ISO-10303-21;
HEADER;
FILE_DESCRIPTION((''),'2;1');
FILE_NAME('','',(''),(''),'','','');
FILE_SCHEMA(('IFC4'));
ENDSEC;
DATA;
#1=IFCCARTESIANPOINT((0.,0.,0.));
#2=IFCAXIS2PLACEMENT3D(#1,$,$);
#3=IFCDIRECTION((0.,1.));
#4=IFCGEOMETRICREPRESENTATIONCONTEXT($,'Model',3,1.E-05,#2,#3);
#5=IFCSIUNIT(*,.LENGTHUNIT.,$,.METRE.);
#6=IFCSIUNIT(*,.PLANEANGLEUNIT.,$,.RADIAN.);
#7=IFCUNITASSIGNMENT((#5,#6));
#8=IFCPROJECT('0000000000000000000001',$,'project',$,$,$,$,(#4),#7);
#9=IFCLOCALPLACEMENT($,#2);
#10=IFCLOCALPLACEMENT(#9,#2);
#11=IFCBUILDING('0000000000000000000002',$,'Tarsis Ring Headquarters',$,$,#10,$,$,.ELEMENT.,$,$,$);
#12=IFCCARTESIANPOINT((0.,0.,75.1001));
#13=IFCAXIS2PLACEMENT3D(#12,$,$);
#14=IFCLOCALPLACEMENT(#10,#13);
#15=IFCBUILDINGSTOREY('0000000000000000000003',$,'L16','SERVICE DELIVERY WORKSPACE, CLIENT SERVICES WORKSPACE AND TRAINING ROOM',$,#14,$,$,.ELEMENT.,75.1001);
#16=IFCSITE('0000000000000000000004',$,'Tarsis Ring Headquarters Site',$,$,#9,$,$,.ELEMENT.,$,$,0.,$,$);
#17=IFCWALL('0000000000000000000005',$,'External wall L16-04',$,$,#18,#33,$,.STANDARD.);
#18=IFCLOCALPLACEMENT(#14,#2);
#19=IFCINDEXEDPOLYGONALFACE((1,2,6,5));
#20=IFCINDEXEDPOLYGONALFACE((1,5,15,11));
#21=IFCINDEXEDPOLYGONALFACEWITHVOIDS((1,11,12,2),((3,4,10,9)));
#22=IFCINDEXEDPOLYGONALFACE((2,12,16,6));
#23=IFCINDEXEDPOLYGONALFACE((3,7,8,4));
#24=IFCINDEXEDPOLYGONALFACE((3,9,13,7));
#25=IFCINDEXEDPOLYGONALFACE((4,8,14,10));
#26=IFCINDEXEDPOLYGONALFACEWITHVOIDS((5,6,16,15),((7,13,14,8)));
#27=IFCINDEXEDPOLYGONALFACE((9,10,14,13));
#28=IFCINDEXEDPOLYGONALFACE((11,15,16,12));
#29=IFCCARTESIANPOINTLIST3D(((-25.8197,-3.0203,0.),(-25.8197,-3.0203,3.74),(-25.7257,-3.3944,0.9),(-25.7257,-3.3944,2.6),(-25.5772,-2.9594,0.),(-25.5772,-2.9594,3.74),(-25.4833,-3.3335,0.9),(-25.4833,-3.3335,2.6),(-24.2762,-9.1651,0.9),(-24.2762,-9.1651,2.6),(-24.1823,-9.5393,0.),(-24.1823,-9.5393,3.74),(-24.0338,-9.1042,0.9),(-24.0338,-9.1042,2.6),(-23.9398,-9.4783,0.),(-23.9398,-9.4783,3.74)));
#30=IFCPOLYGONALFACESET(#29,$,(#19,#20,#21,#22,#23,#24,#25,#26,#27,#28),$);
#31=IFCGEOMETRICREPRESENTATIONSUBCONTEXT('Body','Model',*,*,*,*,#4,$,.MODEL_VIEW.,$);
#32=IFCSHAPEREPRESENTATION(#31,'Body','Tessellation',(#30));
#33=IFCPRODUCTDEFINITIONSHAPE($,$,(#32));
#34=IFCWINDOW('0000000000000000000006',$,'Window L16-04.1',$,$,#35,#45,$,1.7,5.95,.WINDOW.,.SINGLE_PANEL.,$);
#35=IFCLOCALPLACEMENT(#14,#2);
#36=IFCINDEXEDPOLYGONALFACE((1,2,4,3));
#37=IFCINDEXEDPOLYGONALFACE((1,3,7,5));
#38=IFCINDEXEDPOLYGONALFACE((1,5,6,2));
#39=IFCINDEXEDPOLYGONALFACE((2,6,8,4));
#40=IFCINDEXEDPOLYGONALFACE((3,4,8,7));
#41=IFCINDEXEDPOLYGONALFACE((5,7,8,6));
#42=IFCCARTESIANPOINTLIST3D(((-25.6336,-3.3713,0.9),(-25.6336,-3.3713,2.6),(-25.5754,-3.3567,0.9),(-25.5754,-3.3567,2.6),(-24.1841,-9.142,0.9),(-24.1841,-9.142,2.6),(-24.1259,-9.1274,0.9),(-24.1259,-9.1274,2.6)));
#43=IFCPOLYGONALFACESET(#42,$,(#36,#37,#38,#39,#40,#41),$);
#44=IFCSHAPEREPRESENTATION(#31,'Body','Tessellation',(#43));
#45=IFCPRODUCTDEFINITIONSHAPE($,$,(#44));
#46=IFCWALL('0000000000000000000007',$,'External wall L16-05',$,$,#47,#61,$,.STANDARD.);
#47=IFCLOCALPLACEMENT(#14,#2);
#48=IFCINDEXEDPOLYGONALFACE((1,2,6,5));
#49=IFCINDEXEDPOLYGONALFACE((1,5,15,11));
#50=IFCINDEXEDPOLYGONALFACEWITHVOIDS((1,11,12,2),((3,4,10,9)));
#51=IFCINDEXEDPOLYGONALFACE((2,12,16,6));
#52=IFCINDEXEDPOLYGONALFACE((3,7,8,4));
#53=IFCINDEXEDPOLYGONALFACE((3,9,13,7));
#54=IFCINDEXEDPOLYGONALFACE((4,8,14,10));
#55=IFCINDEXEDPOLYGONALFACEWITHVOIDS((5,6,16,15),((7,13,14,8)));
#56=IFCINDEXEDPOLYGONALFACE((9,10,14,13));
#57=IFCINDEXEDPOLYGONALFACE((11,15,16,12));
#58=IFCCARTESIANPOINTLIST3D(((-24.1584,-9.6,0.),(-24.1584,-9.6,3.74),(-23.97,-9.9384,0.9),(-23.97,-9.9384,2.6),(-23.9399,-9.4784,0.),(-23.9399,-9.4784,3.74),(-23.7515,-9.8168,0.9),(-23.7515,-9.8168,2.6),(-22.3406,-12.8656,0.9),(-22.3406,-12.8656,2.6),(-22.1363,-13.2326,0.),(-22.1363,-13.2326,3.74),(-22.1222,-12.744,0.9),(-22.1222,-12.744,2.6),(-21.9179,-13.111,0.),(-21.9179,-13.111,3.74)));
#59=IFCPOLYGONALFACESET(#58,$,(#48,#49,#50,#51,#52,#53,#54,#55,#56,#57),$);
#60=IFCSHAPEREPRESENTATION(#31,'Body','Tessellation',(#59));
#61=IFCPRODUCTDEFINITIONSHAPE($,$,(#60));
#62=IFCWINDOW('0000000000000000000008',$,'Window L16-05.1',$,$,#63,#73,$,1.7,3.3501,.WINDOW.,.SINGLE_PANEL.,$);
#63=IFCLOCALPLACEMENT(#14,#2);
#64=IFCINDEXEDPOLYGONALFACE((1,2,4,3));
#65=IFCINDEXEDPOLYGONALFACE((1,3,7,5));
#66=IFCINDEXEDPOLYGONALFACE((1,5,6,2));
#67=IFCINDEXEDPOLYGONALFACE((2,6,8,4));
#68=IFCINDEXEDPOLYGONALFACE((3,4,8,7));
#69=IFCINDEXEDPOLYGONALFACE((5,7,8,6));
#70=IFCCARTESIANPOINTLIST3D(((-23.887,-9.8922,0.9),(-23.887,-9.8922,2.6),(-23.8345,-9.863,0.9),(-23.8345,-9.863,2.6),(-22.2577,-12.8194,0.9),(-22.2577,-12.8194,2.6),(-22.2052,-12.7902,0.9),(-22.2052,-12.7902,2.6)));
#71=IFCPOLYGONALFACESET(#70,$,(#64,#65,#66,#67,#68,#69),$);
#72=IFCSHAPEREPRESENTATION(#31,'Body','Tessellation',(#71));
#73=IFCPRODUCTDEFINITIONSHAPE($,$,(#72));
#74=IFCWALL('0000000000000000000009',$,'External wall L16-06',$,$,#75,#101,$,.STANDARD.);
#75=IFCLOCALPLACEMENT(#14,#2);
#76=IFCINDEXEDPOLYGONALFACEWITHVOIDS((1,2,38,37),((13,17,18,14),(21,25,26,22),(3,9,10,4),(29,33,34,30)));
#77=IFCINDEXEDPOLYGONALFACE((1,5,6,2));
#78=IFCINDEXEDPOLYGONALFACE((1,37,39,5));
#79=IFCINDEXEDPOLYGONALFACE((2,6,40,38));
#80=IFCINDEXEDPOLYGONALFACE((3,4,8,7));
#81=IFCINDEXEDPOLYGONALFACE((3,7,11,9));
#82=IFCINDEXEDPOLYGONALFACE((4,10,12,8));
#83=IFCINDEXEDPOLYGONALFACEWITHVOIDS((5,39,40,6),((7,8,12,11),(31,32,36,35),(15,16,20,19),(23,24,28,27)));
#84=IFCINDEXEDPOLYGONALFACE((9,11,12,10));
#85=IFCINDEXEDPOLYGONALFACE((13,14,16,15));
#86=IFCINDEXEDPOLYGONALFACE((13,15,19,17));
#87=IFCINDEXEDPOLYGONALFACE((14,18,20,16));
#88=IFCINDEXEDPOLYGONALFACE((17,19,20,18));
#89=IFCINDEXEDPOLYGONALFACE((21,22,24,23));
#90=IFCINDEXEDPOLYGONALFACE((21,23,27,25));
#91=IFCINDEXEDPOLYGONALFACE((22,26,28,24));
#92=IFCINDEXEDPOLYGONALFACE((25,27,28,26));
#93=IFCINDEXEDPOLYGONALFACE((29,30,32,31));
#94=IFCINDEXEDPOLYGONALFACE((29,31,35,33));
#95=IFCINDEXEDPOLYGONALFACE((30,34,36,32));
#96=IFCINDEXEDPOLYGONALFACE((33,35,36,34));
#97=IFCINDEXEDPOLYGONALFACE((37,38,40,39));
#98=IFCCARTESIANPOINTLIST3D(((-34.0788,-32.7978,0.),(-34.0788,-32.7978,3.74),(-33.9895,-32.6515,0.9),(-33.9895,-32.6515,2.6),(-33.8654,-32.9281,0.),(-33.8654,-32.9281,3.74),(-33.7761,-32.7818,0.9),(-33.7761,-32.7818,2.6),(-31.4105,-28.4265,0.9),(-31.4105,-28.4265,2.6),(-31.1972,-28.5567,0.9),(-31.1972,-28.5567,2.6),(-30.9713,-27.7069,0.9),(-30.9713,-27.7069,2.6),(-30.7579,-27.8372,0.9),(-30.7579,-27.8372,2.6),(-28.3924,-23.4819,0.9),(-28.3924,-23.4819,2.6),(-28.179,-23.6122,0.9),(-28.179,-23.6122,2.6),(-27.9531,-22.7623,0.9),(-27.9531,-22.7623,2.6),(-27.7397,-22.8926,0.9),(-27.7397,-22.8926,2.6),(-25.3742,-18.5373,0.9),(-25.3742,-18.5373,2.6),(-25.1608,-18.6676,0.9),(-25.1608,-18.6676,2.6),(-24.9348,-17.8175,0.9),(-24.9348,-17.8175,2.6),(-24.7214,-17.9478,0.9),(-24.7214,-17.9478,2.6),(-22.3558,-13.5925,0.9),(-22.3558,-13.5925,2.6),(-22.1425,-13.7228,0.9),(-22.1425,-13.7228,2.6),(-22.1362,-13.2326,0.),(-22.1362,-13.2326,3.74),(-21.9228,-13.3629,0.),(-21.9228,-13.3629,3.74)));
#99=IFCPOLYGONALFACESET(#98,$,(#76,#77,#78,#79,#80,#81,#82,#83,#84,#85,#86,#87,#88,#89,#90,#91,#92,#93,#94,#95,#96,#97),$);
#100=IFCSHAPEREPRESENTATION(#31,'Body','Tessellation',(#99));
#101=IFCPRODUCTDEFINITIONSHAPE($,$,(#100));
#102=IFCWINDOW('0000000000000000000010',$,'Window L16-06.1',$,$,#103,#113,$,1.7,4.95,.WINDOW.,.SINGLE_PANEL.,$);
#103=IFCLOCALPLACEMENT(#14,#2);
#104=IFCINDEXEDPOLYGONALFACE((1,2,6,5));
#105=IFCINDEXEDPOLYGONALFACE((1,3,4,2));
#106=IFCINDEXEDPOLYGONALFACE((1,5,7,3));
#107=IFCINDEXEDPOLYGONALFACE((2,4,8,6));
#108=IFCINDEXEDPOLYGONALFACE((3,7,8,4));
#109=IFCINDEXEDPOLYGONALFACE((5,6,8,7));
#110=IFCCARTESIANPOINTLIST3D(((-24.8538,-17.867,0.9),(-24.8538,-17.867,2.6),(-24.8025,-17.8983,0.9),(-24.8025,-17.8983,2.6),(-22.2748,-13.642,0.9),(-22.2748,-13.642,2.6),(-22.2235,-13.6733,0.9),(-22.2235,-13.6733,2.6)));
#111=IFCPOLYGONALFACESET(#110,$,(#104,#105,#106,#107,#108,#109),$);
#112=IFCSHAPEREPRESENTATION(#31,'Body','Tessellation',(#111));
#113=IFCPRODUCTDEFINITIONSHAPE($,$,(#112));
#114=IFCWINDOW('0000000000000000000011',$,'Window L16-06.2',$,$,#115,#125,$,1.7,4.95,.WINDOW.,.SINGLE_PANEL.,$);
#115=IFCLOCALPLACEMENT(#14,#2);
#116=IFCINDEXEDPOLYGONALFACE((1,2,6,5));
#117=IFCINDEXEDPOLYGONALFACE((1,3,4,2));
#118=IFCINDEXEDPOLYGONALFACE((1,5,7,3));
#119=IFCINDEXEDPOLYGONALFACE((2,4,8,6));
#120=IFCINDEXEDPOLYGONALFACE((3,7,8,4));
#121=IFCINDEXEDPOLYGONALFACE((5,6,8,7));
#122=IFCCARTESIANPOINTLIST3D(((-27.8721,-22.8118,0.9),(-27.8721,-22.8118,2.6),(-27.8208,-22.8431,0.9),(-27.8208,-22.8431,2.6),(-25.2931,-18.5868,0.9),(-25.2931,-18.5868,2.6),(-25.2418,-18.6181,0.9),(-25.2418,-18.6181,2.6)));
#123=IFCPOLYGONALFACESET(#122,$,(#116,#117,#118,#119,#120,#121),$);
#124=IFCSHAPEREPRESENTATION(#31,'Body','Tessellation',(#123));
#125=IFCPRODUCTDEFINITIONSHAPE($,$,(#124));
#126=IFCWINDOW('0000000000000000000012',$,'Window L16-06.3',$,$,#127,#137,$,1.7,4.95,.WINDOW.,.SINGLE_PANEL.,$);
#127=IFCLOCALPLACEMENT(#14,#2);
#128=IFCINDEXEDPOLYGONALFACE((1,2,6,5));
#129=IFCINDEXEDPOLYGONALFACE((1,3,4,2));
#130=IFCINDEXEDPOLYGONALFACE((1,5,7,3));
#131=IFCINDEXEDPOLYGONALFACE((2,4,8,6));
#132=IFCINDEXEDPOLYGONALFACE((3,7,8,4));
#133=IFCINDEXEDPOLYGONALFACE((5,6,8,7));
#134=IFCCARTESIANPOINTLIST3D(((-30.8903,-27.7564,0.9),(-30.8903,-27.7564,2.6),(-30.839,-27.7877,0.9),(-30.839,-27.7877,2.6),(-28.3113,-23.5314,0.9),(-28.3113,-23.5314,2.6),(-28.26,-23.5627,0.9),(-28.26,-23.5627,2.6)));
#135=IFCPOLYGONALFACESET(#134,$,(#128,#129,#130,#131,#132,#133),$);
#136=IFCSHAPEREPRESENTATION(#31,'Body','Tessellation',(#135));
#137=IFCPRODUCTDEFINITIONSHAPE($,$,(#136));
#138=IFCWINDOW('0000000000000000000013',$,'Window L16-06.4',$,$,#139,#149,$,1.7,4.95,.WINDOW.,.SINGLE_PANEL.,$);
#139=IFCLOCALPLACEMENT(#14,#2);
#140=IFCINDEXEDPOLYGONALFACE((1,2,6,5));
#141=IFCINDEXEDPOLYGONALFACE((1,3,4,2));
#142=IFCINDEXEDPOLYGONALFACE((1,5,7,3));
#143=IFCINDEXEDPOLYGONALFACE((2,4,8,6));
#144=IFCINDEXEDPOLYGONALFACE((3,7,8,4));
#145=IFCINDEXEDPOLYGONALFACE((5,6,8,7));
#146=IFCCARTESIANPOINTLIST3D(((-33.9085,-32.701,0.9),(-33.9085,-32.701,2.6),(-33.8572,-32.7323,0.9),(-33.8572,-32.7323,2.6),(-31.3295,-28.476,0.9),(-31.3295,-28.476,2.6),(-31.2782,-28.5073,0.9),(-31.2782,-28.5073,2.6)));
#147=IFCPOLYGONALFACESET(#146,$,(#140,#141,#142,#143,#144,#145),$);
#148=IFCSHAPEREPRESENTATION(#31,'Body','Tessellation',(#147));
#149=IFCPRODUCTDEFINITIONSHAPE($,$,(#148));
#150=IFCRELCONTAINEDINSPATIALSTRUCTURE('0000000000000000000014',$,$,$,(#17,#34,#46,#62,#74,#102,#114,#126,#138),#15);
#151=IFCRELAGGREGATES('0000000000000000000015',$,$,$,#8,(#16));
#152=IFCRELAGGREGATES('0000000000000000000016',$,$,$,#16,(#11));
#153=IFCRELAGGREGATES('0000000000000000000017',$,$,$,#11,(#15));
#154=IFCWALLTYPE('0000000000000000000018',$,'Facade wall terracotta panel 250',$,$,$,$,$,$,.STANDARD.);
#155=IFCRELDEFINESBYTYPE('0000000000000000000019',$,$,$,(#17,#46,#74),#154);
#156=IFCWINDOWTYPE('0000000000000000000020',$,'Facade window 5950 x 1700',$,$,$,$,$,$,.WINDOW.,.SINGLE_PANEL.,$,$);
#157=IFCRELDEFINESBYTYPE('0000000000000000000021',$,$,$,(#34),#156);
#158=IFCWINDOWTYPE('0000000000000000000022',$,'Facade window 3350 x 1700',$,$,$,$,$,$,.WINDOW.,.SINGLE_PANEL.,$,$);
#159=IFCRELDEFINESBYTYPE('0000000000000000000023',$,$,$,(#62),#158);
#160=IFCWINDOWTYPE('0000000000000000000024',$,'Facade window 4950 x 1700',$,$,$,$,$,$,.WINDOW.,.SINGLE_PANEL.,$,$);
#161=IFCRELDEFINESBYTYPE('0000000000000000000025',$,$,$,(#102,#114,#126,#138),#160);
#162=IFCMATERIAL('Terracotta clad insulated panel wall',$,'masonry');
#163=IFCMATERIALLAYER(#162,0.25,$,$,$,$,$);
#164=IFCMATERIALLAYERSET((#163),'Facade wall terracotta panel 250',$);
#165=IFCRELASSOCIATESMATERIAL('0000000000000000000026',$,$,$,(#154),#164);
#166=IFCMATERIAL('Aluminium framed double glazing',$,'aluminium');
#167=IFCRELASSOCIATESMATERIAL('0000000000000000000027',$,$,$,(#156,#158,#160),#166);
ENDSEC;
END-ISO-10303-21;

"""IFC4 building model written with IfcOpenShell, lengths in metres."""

from ifc_helpers import new_model, si_unit, direction, frame, frame_2d, origin, place, context, subcontext, project, spatial, rectangle, extrude, material, layer, layer_set, type_object, element, fill, save


model = new_model("IFC4")

# Units and contexts
model_context = context("Model", 3, precision=1e-05, world=origin(), true_north=direction((0.0, 1.0)))
body_context = subcontext(model_context, "Body", "Model", "MODEL_VIEW")
ifc_project = project(units=[si_unit("LENGTHUNIT", "METRE"), si_unit("PLANEANGLEUNIT", "RADIAN")], contexts=[model_context])

# Site, building, storey
site_placement = place(None, origin())
site = spatial("IfcSite", under=ifc_project, at=site_placement, Name="Tarsis Ring Headquarters Site", CompositionType="ELEMENT", RefElevation=0.0)
building_placement = place(site_placement, origin())
building = spatial("IfcBuilding", under=site, at=building_placement, Name="Tarsis Ring Headquarters", CompositionType="ELEMENT")
storey_placement = place(building_placement, frame((0.0, 0.0, 75.1001)))
storey = spatial("IfcBuildingStorey", under=building, at=storey_placement, Name="L16", Description="SERVICE DELIVERY WORKSPACE, CLIENT SERVICES WORKSPACE AND TRAINING ROOM", CompositionType="ELEMENT", Elevation=75.1001)

# Walls, openings, windows
ifc_material_1 = material(Name="Terracotta clad insulated panel wall", Category="masonry")
ifc_layer_1 = layer(ifc_material_1, 0.25)
ifc_layer_set_1 = layer_set([ifc_layer_1], Name="Facade wall terracotta panel 250")
wall_type_1 = type_object("IfcWallType", Name="Facade wall terracotta panel 250", PredefinedType="STANDARD", material=ifc_layer_set_1)
wall_1_placement = place(storey_placement, frame((-25.6985, -2.9897, 0.0), z_axis=(0.0, 0.0, 1.0), x_axis=(0.243612, -0.969873, 0.0)))
wall_1 = element("IfcWall", 1, at=wall_1_placement, inside=storey, type_object=wall_type_1, Name="External wall L16-04", PredefinedType="STANDARD", context=body_context, shape_type="SweptSolid", body=[
    extrude(rectangle(XDim=6.7214, YDim=0.25, at=frame_2d((3.3608, 0.0))), origin(), (0.0, 0.0, 1.0), 3.74),
])
opening_1_placement = place(wall_1_placement, frame((0.3857, 0.0, 0.8999)))
opening_1 = element("IfcOpeningElement", 2, at=opening_1_placement, cuts=wall_1, PredefinedType="OPENING", context=body_context, shape_type="SweptSolid", body=[
    extrude(rectangle(XDim=5.95, YDim=1.7, at=frame_2d((2.9751, 0.8501))), frame((0.0, 0.135, 0.0), z_axis=(0.0, -1.0, 0.0), x_axis=(1.0, 0.0, 0.0)), (0.0, 0.0, 1.0), 0.27),
])
ifc_material_2 = material(Name="Aluminium framed double glazing", Category="aluminium")
window_type_1 = type_object("IfcWindowType", Name="Facade window 5950 x 1700", PartitioningType="SINGLE_PANEL", PredefinedType="WINDOW", material=ifc_material_2)
window_1_placement = place(opening_1_placement, origin())
window_1 = element("IfcWindow", 3, at=window_1_placement, inside=storey, type_object=window_type_1, Name="Window L16-04.1", OverallHeight=1.7, OverallWidth=5.95, PartitioningType="SINGLE_PANEL", PredefinedType="WINDOW", context=body_context, shape_type="SweptSolid", body=[
    extrude(rectangle(XDim=5.95, YDim=1.7, at=frame_2d((2.9751, 0.8501))), frame((0.0, 0.03, 0.0), z_axis=(0.0, -1.0, 0.0), x_axis=(1.0, 0.0, 0.0)), (0.0, 0.0, 1.0), 0.0601),
])
fill(opening_1, window_1)
wall_2_placement = place(storey_placement, frame((-24.0491, -9.5393, 0.0), z_axis=(0.0, 0.0, 1.0), x_axis=(0.486356, -0.873761, 0.0)))
wall_2 = element("IfcWall", 4, at=wall_2_placement, inside=storey, type_object=wall_type_1, Name="External wall L16-05", PredefinedType="STANDARD", context=body_context, shape_type="SweptSolid", body=[
    extrude(rectangle(XDim=4.1575, YDim=0.25, at=frame_2d((2.0786, 0.0))), origin(), (0.0, 0.0, 1.0), 3.74),
])
opening_2_placement = place(wall_2_placement, frame((0.3872, 0.0, 0.8999)))
opening_2 = element("IfcOpeningElement", 5, at=opening_2_placement, cuts=wall_2, PredefinedType="OPENING", context=body_context, shape_type="SweptSolid", body=[
    extrude(rectangle(XDim=3.3501, YDim=1.7, at=frame_2d((1.675, 0.8501))), frame((0.0, 0.135, 0.0), z_axis=(0.0, -1.0, 0.0), x_axis=(1.0, 0.0, 0.0)), (0.0, 0.0, 1.0), 0.27),
])
window_type_2 = type_object("IfcWindowType", Name="Facade window 3350 x 1700", PartitioningType="SINGLE_PANEL", PredefinedType="WINDOW", material=ifc_material_2)
window_2_placement = place(opening_2_placement, origin())
window_2 = element("IfcWindow", 6, at=window_2_placement, inside=storey, type_object=window_type_2, Name="Window L16-05.1", OverallHeight=1.7, OverallWidth=3.3501, PartitioningType="SINGLE_PANEL", PredefinedType="WINDOW", context=body_context, shape_type="SweptSolid", body=[
    extrude(rectangle(XDim=3.3501, YDim=1.7, at=frame_2d((1.675, 0.8501))), frame((0.0, 0.03, 0.0), z_axis=(0.0, -1.0, 0.0), x_axis=(1.0, 0.0, 0.0)), (0.0, 0.0, 1.0), 0.0601),
])
fill(opening_2, window_2)

# Wall, openings, windows
wall_3_placement = place(storey_placement, frame((-22.0295, -13.2979, 0.0), z_axis=(0.0, 0.0, 1.0), x_axis=(-0.521009, -0.853551, 0.0)))
wall_3 = element("IfcWall", 7, at=wall_3_placement, inside=storey, type_object=wall_type_1, Name="External wall L16-06", PredefinedType="STANDARD", context=body_context, shape_type="SweptSolid", body=[
    extrude(rectangle(XDim=22.9221, YDim=0.25, at=frame_2d((11.4609, 0.0))), origin(), (0.0, 0.0, 1.0), 3.74),
])
opening_3_placement = place(wall_3_placement, frame((0.4214, 0.0, 0.8999)))
opening_3 = element("IfcOpeningElement", 8, at=opening_3_placement, cuts=wall_3, PredefinedType="OPENING", context=body_context, shape_type="SweptSolid", body=[
    extrude(rectangle(XDim=4.95, YDim=1.7, at=frame_2d((2.4751, 0.8501))), frame((0.0, 0.135, 0.0), z_axis=(0.0, -1.0, 0.0), x_axis=(1.0, 0.0, 0.0)), (0.0, 0.0, 1.0), 0.27),
])
opening_4_placement = place(wall_3_placement, frame((6.2146, 0.0, 0.8999)))
opening_4 = element("IfcOpeningElement", 9, at=opening_4_placement, cuts=wall_3, PredefinedType="OPENING", context=body_context, shape_type="SweptSolid", body=[
    extrude(rectangle(XDim=4.95, YDim=1.7, at=frame_2d((2.4751, 0.8501))), frame((0.0, 0.135, 0.0), z_axis=(0.0, -1.0, 0.0), x_axis=(1.0, 0.0, 0.0)), (0.0, 0.0, 1.0), 0.27),
])
opening_5_placement = place(wall_3_placement, frame((12.0076, 0.0, 0.8999)))
opening_5 = element("IfcOpeningElement", 10, at=opening_5_placement, cuts=wall_3, PredefinedType="OPENING", context=body_context, shape_type="SweptSolid", body=[
    extrude(rectangle(XDim=4.95, YDim=1.7, at=frame_2d((2.4751, 0.8501))), frame((0.0, 0.135, 0.0), z_axis=(0.0, -1.0, 0.0), x_axis=(1.0, 0.0, 0.0)), (0.0, 0.0, 1.0), 0.27),
])
opening_6_placement = place(wall_3_placement, frame((17.8005, 0.0, 0.8999)))
opening_6 = element("IfcOpeningElement", 11, at=opening_6_placement, cuts=wall_3, PredefinedType="OPENING", context=body_context, shape_type="SweptSolid", body=[
    extrude(rectangle(XDim=4.95, YDim=1.7, at=frame_2d((2.4751, 0.8501))), frame((0.0, 0.135, 0.0), z_axis=(0.0, -1.0, 0.0), x_axis=(1.0, 0.0, 0.0)), (0.0, 0.0, 1.0), 0.27),
])
window_type_3 = type_object("IfcWindowType", Name="Facade window 4950 x 1700", PartitioningType="SINGLE_PANEL", PredefinedType="WINDOW", material=ifc_material_2)
window_3_placement = place(opening_3_placement, origin())
window_3 = element("IfcWindow", 12, at=window_3_placement, inside=storey, type_object=window_type_3, Name="Window L16-06.1", OverallHeight=1.7, OverallWidth=4.95, PartitioningType="SINGLE_PANEL", PredefinedType="WINDOW", context=body_context, shape_type="SweptSolid", body=[
    extrude(rectangle(XDim=4.95, YDim=1.7, at=frame_2d((2.4751, 0.8501))), frame((0.0, 0.03, 0.0), z_axis=(0.0, -1.0, 0.0), x_axis=(1.0, 0.0, 0.0)), (0.0, 0.0, 1.0), 0.0601),
])
fill(opening_3, window_3)
window_4_placement = place(opening_4_placement, origin())
window_4 = element("IfcWindow", 13, at=window_4_placement, inside=storey, type_object=window_type_3, Name="Window L16-06.2", OverallHeight=1.7, OverallWidth=4.95, PartitioningType="SINGLE_PANEL", PredefinedType="WINDOW", context=body_context, shape_type="SweptSolid", body=[
    extrude(rectangle(XDim=4.95, YDim=1.7, at=frame_2d((2.4751, 0.8501))), frame((0.0, 0.03, 0.0), z_axis=(0.0, -1.0, 0.0), x_axis=(1.0, 0.0, 0.0)), (0.0, 0.0, 1.0), 0.0601),
])
fill(opening_4, window_4)
window_5_placement = place(opening_5_placement, origin())
window_5 = element("IfcWindow", 14, at=window_5_placement, inside=storey, type_object=window_type_3, Name="Window L16-06.3", OverallHeight=1.7, OverallWidth=4.95, PartitioningType="SINGLE_PANEL", PredefinedType="WINDOW", context=body_context, shape_type="SweptSolid", body=[
    extrude(rectangle(XDim=4.95, YDim=1.7, at=frame_2d((2.4751, 0.8501))), frame((0.0, 0.03, 0.0), z_axis=(0.0, -1.0, 0.0), x_axis=(1.0, 0.0, 0.0)), (0.0, 0.0, 1.0), 0.0601),
])
fill(opening_5, window_5)
window_6_placement = place(opening_6_placement, origin())
window_6 = element("IfcWindow", 15, at=window_6_placement, inside=storey, type_object=window_type_3, Name="Window L16-06.4", OverallHeight=1.7, OverallWidth=4.95, PartitioningType="SINGLE_PANEL", PredefinedType="WINDOW", context=body_context, shape_type="SweptSolid", body=[
    extrude(rectangle(XDim=4.95, YDim=1.7, at=frame_2d((2.4751, 0.8501))), frame((0.0, 0.03, 0.0), z_axis=(0.0, -1.0, 0.0), x_axis=(1.0, 0.0, 0.0)), (0.0, 0.0, 1.0), 0.0601),
])
fill(opening_6, window_6)

save(model, "model.ifc")
